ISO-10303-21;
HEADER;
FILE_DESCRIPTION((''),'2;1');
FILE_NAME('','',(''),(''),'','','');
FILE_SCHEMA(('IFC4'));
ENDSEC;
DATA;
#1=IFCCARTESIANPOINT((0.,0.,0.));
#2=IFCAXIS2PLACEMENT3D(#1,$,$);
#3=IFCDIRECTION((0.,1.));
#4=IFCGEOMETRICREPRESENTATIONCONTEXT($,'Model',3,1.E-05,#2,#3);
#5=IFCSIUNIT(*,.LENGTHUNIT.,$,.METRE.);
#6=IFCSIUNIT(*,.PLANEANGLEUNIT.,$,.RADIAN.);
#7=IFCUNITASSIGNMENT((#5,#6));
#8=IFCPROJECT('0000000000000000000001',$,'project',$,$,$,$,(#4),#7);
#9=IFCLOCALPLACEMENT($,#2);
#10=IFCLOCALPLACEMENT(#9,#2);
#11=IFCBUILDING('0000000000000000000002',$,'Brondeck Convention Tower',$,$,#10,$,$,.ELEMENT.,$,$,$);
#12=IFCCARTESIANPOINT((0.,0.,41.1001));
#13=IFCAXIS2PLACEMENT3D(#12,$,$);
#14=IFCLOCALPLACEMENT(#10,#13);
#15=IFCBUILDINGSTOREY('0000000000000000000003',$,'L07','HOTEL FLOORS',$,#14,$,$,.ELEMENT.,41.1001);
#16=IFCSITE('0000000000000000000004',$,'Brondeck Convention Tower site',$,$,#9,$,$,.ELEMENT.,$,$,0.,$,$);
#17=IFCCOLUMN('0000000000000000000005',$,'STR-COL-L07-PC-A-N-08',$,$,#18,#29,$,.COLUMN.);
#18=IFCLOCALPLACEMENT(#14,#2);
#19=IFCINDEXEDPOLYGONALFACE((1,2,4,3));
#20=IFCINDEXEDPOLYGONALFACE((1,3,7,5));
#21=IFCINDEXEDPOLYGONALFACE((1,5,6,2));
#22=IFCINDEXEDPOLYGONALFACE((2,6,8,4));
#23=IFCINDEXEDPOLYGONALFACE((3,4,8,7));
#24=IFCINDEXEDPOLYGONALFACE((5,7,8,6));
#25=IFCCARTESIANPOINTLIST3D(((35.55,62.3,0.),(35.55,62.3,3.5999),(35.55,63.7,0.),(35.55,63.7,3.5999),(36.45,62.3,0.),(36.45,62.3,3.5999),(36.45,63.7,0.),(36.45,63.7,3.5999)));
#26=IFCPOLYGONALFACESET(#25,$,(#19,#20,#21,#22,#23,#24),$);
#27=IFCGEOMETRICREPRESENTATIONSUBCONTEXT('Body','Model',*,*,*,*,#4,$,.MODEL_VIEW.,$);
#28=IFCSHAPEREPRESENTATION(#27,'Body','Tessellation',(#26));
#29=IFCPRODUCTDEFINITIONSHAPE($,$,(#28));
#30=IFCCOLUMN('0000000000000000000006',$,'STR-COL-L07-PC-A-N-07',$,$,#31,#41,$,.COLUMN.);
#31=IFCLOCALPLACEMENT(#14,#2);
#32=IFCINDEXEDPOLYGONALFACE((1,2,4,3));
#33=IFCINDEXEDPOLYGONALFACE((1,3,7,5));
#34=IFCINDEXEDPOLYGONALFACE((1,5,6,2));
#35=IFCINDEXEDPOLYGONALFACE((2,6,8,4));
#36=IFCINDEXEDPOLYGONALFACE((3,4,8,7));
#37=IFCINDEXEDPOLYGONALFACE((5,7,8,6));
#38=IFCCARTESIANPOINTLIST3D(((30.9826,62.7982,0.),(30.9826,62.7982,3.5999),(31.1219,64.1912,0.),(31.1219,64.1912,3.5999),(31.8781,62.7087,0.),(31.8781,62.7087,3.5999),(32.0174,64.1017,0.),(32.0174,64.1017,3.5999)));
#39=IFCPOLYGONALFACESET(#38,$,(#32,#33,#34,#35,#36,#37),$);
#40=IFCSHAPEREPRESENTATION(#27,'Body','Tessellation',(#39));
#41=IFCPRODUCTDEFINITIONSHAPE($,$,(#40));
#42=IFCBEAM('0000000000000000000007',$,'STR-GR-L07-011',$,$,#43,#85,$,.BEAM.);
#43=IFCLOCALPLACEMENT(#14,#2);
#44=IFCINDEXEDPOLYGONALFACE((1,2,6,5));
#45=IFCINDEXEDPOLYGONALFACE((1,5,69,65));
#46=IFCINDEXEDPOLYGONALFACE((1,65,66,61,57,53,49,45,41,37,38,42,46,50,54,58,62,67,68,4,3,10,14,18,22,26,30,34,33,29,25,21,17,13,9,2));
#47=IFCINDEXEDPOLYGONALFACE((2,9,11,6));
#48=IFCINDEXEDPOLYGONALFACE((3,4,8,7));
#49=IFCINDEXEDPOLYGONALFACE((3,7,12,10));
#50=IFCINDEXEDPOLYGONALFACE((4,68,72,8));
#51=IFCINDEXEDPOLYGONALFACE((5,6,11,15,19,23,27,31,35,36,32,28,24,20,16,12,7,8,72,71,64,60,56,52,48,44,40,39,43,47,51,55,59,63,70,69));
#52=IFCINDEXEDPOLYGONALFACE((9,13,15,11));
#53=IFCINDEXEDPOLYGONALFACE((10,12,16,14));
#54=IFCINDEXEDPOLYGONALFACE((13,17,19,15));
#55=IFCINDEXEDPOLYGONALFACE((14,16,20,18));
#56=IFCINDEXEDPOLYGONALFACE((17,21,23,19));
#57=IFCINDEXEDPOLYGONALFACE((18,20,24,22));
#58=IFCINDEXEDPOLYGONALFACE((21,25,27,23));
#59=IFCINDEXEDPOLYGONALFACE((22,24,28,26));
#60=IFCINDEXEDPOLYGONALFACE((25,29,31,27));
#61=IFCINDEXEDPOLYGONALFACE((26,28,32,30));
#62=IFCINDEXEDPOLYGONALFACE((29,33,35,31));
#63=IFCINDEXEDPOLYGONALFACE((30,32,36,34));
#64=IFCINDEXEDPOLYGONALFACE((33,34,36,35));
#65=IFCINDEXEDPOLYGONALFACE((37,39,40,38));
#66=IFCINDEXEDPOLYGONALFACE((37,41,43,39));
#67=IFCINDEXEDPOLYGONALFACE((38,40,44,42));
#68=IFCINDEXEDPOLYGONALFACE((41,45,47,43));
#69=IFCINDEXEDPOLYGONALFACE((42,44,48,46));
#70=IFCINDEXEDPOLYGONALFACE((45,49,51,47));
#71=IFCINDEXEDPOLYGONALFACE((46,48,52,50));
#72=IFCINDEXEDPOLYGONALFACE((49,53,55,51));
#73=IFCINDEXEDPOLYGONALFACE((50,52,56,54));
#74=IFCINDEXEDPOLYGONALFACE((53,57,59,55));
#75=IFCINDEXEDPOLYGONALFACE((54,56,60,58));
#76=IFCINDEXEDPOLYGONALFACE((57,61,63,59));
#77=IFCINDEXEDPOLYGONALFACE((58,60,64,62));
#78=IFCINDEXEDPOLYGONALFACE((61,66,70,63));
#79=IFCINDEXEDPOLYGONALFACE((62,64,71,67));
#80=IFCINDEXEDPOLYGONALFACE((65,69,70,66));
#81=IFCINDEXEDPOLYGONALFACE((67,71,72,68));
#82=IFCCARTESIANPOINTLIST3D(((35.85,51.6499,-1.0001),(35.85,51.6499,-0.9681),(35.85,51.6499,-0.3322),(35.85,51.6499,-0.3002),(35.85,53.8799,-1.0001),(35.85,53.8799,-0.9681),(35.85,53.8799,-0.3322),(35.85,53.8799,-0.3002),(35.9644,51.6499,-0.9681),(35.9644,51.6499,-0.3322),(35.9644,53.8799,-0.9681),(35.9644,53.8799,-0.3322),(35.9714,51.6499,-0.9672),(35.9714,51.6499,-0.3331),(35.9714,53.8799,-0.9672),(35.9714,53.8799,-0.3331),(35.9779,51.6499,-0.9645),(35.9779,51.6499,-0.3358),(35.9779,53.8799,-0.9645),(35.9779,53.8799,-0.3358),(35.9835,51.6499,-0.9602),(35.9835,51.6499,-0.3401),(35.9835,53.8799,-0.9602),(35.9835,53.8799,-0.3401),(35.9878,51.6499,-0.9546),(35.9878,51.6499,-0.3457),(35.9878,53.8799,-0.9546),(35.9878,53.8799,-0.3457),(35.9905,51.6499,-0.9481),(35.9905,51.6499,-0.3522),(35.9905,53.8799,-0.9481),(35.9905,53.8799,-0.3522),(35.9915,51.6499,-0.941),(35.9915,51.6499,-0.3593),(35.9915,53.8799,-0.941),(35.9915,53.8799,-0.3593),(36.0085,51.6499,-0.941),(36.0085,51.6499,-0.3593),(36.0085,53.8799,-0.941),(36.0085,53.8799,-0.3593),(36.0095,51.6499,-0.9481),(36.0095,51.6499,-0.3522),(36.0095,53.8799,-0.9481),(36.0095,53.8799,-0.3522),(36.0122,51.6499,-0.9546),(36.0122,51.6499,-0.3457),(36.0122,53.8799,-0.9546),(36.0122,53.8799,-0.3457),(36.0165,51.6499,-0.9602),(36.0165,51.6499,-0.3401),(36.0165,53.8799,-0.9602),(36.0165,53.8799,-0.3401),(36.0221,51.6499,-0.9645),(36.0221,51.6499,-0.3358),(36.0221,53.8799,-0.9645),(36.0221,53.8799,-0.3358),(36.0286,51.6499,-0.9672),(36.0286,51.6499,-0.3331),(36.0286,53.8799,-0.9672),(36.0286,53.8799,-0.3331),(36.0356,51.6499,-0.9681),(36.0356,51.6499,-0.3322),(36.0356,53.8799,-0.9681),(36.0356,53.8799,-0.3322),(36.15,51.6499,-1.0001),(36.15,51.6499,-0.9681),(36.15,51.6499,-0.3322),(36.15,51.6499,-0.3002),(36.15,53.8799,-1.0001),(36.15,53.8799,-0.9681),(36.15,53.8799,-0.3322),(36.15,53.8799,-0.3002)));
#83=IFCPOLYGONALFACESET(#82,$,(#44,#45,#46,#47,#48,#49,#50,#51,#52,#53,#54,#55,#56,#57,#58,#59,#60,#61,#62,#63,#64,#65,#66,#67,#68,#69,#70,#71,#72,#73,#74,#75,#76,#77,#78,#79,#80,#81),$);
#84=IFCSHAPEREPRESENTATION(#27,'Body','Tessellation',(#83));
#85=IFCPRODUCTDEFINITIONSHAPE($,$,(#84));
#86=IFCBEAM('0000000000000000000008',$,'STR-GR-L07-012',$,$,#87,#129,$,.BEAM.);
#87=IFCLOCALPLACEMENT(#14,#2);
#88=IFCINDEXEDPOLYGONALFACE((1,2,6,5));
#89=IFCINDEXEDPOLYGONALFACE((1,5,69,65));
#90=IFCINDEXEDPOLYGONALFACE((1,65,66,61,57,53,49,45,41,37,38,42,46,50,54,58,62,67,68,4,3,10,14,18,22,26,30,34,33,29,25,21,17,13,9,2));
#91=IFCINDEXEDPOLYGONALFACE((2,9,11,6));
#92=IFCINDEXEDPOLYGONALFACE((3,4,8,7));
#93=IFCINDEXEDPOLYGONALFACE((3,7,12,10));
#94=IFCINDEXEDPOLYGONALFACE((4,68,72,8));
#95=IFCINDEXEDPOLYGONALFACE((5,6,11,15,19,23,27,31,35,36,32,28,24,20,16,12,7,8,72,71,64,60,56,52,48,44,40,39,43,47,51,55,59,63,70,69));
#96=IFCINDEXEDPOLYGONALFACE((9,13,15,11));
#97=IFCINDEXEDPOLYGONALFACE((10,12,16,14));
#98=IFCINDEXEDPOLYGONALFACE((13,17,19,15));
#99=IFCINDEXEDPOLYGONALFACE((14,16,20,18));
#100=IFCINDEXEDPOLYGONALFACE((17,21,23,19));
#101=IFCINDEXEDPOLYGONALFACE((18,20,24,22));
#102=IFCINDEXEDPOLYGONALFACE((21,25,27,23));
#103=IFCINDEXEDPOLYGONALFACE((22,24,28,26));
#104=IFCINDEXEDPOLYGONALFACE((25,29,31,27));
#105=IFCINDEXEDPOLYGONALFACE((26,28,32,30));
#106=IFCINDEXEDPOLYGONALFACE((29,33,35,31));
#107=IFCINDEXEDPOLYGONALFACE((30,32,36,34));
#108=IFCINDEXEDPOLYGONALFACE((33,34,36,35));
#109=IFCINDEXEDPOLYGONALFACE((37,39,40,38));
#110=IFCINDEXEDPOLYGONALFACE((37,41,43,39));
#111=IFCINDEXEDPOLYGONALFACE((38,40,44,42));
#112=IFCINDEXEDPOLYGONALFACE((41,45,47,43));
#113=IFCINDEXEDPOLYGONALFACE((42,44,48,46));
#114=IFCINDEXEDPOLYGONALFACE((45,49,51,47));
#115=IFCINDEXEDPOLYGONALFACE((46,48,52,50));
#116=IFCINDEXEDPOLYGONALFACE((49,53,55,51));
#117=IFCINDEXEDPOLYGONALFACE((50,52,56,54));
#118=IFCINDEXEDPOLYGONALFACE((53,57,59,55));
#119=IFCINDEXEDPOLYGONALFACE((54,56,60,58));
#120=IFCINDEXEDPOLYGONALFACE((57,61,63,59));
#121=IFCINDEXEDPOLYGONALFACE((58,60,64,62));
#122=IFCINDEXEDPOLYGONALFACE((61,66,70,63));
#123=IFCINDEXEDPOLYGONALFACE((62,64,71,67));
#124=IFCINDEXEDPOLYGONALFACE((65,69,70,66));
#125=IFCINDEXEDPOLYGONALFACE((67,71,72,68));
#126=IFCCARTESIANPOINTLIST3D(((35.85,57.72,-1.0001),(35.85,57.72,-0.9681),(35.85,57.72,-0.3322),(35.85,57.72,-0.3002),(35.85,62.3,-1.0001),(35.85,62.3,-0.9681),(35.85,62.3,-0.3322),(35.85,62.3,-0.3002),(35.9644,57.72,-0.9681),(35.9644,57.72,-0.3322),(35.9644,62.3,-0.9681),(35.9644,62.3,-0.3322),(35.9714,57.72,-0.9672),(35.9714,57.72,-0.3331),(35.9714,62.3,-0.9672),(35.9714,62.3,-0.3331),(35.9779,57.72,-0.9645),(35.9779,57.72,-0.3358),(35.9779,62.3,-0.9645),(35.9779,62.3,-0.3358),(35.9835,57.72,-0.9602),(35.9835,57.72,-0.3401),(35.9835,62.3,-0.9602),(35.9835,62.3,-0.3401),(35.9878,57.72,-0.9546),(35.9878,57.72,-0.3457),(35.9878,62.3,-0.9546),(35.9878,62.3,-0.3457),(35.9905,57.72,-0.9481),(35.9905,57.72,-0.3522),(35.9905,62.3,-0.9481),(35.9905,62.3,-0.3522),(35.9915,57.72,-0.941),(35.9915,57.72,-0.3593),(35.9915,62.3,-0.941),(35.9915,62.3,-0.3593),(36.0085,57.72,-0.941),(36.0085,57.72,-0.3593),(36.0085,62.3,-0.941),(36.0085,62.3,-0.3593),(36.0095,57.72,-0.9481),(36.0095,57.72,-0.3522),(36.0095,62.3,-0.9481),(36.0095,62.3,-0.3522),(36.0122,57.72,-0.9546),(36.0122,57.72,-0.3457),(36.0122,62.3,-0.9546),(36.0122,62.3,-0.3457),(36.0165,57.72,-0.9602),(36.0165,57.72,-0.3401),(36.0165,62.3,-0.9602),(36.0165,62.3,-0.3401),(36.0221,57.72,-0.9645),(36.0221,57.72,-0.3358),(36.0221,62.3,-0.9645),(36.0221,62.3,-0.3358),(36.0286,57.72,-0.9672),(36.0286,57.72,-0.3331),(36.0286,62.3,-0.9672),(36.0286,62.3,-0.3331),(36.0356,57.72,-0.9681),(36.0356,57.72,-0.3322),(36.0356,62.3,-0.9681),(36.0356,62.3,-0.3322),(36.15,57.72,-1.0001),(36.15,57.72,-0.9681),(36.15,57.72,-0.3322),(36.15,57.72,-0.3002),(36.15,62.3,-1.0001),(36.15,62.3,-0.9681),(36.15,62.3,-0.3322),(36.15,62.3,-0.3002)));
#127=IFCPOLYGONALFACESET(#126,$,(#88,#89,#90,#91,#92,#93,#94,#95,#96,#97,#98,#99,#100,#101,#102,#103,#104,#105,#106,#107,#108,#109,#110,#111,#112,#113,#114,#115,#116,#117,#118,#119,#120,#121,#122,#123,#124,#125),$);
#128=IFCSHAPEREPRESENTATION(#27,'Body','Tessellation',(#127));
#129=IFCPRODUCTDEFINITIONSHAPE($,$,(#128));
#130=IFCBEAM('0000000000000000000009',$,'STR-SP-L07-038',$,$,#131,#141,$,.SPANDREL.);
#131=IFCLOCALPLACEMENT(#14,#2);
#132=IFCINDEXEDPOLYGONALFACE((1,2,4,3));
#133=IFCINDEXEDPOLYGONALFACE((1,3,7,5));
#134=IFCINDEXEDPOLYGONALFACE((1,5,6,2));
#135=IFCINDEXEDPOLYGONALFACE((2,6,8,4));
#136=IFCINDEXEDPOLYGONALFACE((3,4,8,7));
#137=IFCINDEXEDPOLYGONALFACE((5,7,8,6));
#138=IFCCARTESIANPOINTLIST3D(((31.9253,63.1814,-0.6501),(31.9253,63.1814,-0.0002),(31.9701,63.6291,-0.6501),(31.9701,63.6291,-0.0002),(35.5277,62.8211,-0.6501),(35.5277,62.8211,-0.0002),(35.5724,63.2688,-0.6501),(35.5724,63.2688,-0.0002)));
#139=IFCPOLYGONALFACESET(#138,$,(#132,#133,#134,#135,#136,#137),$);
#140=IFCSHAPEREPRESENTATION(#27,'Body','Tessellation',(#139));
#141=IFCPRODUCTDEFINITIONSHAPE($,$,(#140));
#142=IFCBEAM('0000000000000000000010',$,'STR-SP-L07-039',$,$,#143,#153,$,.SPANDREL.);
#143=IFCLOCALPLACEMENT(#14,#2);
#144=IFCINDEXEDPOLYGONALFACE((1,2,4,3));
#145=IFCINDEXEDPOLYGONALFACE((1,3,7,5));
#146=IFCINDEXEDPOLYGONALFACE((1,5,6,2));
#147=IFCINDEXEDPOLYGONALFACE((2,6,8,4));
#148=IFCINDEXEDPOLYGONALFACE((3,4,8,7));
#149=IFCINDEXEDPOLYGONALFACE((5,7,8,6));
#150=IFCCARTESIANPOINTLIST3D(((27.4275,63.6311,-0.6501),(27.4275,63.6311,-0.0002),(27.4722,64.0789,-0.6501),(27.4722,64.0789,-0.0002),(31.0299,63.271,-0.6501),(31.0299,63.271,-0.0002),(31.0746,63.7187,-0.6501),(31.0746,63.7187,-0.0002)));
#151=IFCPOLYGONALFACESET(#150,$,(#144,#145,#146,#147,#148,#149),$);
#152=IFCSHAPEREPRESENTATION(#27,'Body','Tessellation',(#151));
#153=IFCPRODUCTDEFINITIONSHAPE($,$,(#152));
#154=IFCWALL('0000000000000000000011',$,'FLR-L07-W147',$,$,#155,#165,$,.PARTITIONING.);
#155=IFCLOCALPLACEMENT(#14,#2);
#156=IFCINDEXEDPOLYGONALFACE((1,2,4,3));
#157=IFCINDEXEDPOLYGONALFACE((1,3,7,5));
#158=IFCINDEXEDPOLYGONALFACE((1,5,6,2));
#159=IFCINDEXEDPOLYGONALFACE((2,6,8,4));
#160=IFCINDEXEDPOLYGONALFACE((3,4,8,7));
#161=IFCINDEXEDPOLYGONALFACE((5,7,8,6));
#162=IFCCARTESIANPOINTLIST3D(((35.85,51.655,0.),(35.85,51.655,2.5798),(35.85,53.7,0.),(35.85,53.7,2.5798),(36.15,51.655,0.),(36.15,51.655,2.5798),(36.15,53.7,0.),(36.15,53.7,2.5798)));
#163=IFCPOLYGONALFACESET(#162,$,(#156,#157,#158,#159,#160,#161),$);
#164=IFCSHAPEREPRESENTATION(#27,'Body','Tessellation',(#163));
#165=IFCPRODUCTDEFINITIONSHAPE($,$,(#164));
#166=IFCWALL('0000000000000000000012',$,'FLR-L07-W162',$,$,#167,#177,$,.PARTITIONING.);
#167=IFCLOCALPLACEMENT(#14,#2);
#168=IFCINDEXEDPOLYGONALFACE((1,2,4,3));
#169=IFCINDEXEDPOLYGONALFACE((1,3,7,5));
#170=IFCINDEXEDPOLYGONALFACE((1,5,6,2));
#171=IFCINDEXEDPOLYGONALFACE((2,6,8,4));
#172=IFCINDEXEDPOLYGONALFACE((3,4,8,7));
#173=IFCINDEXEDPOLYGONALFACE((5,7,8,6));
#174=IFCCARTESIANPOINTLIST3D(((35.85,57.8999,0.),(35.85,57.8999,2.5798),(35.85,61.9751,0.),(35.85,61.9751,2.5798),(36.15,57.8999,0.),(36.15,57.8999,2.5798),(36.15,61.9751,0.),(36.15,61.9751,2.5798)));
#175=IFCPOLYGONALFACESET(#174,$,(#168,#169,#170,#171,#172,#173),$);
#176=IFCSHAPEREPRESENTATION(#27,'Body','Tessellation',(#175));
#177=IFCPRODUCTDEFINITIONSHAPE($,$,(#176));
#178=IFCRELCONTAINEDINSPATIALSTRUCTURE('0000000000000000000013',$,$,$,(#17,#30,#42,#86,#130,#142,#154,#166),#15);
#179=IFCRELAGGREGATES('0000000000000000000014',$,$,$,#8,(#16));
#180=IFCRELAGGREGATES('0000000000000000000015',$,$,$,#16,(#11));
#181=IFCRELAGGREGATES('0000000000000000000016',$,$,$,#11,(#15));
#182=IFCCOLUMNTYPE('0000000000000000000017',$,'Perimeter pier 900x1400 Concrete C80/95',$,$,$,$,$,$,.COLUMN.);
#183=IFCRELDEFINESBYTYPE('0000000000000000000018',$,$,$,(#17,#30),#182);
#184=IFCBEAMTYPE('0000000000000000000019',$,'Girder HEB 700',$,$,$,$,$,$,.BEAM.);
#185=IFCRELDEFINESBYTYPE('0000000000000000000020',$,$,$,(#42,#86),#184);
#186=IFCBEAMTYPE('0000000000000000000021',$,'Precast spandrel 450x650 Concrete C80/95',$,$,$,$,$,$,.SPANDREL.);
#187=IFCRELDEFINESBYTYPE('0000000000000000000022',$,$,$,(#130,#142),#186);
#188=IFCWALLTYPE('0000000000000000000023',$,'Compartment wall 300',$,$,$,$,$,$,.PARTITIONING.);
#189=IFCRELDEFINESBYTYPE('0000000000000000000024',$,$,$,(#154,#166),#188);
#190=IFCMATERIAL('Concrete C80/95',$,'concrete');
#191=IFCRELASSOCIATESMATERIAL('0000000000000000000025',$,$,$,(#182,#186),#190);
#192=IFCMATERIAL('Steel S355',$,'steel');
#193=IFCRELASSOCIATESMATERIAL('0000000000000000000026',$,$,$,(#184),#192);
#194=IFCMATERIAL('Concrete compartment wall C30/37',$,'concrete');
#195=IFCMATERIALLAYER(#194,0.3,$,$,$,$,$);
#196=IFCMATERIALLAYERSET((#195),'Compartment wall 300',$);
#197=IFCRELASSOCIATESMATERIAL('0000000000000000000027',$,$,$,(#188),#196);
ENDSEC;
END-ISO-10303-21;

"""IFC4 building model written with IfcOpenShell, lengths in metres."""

from ifc_helpers import new_model, si_unit, direction, frame, frame_2d, origin, origin_2d, place, context, subcontext, project, spatial, rectangle, i_section, extrude, material, layer, layer_set, material_profile, profile_set, type_object, element, save


model = new_model("IFC4")

# Units and contexts
model_context = context("Model", 3, precision=1e-05, world=origin(), true_north=direction((0.0, 1.0)))
body_context = subcontext(model_context, "Body", "Model", "MODEL_VIEW")
ifc_project = project(units=[si_unit("LENGTHUNIT", "METRE"), si_unit("PLANEANGLEUNIT", "RADIAN")], contexts=[model_context])

# Site, building, storey
site_placement = place(None, origin())
site = spatial("IfcSite", under=ifc_project, at=site_placement, Name="Brondeck Convention Tower site", CompositionType="ELEMENT", RefElevation=0.0)
building_placement = place(site_placement, origin())
building = spatial("IfcBuilding", under=site, at=building_placement, Name="Brondeck Convention Tower", CompositionType="ELEMENT")
storey_placement = place(building_placement, frame((0.0, 0.0, 41.1001)))
storey = spatial("IfcBuildingStorey", under=building, at=storey_placement, Name="L07", Description="HOTEL FLOORS", CompositionType="ELEMENT", Elevation=41.1001)

# Columns
ifc_material_1 = material(Name="Concrete C80/95", Category="concrete")
ifc_material_profile_1 = material_profile(ifc_material_1, rectangle(XDim=0.8999, YDim=1.3999, at=origin_2d()), Name="Perimeter pier 900x1400 Concrete C80/95")
ifc_profile_set_1 = profile_set([ifc_material_profile_1], Name="Concrete C80/95")
column_type = type_object("IfcColumnType", Name="Perimeter pier 900x1400 Concrete C80/95", PredefinedType="COLUMN", material=ifc_profile_set_1)
for number, where, z_axis, x_axis, name in (
    (1, (36.0, 63.0, 0.0), (0.0, 0.0, 1.0), (-1.0, 0.0, 0.0), "STR-COL-L07-PC-A-N-08"),
    (2, (31.5, 63.45, 0.0), (0.0, 0.0, 1.0), (-0.995037, 0.099504, 0.0), "STR-COL-L07-PC-A-N-07"),
):
    element("IfcColumn", number, at=place(storey_placement, frame(where, z_axis=z_axis, x_axis=x_axis)), inside=storey, type_object=column_type, Name=name, PredefinedType="COLUMN", context=body_context, shape_type="SweptSolid", body=[
        extrude(rectangle(XDim=0.8999, YDim=1.3999, at=origin_2d()), origin(), (0.0, 0.0, 1.0), 3.5999),
    ])

# Beams
ifc_material_2 = material(Name="Steel S355", Category="steel")
ifc_material_profile_2 = material_profile(ifc_material_2, i_section(OverallWidth=0.3, OverallDepth=0.7, WebThickness=0.0171, FlangeThickness=0.032, FilletRadius=0.0271, at=origin_2d()), Name="HEB 700")
ifc_profile_set_2 = profile_set([ifc_material_profile_2], Name="Steel S355")
beam_type_1 = type_object("IfcBeamType", Name="Girder HEB 700", PredefinedType="BEAM", material=ifc_profile_set_2)
beam_1_placement = place(storey_placement, frame((36.0, 51.6499, -0.6501), z_axis=(0.0, 1.0, 0.0), x_axis=(-1.0, 0.0, 0.0)))
element("IfcBeam", 3, at=beam_1_placement, inside=storey, type_object=beam_type_1, Name="STR-GR-L07-011", PredefinedType="BEAM", context=body_context, shape_type="SweptSolid", body=[
    extrude(i_section(OverallWidth=0.3, OverallDepth=0.7, WebThickness=0.0171, FlangeThickness=0.032, FilletRadius=0.0271, at=origin_2d()), origin(), (0.0, 0.0, 1.0), 2.23),
])
beam_2_placement = place(storey_placement, frame((36.0, 57.72, -0.6501), z_axis=(0.0, 1.0, 0.0), x_axis=(-1.0, 0.0, 0.0)))
element("IfcBeam", 4, at=beam_2_placement, inside=storey, type_object=beam_type_1, Name="STR-GR-L07-012", PredefinedType="BEAM", context=body_context, shape_type="SweptSolid", body=[
    extrude(i_section(OverallWidth=0.3, OverallDepth=0.7, WebThickness=0.0171, FlangeThickness=0.032, FilletRadius=0.0271, at=origin_2d()), origin(), (0.0, 0.0, 1.0), 4.5801),
])
ifc_material_profile_3 = material_profile(ifc_material_1, rectangle(XDim=0.45, YDim=0.6499, at=origin_2d()), Name="Precast spandrel 450x650 Concrete C80/95")
ifc_profile_set_3 = profile_set([ifc_material_profile_3], Name="Concrete C80/95")
beam_type_2 = type_object("IfcBeamType", Name="Precast spandrel 450x650 Concrete C80/95", PredefinedType="SPANDREL", material=ifc_profile_set_3)
for number, where, z_axis, x_axis, name in (
    (5, (35.55, 63.0449, -0.3252), (-0.995034, 0.099537, 0.0), (-0.099537, -0.995034, 0.0), "STR-SP-L07-038"),
    (6, (31.0522, 63.4949, -0.3252), (-0.995041, 0.09947, 0.0), (-0.09947, -0.995041, 0.0), "STR-SP-L07-039"),
):
    element("IfcBeam", number, at=place(storey_placement, frame(where, z_axis=z_axis, x_axis=x_axis)), inside=storey, type_object=beam_type_2, Name=name, PredefinedType="SPANDREL", context=body_context, shape_type="SweptSolid", body=[
        extrude(rectangle(XDim=0.45, YDim=0.6499, at=origin_2d()), origin(), (0.0, 0.0, 1.0), 3.6204),
    ])

# Walls
ifc_material_3 = material(Name="Concrete compartment wall C30/37", Category="concrete")
ifc_layer_1 = layer(ifc_material_3, 0.3)
ifc_layer_set_1 = layer_set([ifc_layer_1], Name="Compartment wall 300")
wall_type_1 = type_object("IfcWallType", Name="Compartment wall 300", PredefinedType="PARTITIONING", material=ifc_layer_set_1)
wall_1_placement = place(storey_placement, frame((36.0, 53.7, 0.0), z_axis=(0.0, 0.0, 1.0), x_axis=(0.0, -1.0, 0.0)))
element("IfcWall", 7, at=wall_1_placement, inside=storey, type_object=wall_type_1, Name="FLR-L07-W147", PredefinedType="PARTITIONING", context=body_context, shape_type="SweptSolid", body=[
    extrude(rectangle(XDim=2.0449, YDim=0.3, at=frame_2d((1.0225, 0.0))), origin(), (0.0, 0.0, 1.0), 2.5798),
])
wall_2_placement = place(storey_placement, frame((36.0, 61.9751, 0.0), z_axis=(0.0, 0.0, 1.0), x_axis=(0.0, -1.0, 0.0)))
element("IfcWall", 8, at=wall_2_placement, inside=storey, type_object=wall_type_1, Name="FLR-L07-W162", PredefinedType="PARTITIONING", context=body_context, shape_type="SweptSolid", body=[
    extrude(rectangle(XDim=4.0752, YDim=0.3, at=frame_2d((2.0376, 0.0))), origin(), (0.0, 0.0, 1.0), 2.5798),
])

save(model, "model.ifc")
